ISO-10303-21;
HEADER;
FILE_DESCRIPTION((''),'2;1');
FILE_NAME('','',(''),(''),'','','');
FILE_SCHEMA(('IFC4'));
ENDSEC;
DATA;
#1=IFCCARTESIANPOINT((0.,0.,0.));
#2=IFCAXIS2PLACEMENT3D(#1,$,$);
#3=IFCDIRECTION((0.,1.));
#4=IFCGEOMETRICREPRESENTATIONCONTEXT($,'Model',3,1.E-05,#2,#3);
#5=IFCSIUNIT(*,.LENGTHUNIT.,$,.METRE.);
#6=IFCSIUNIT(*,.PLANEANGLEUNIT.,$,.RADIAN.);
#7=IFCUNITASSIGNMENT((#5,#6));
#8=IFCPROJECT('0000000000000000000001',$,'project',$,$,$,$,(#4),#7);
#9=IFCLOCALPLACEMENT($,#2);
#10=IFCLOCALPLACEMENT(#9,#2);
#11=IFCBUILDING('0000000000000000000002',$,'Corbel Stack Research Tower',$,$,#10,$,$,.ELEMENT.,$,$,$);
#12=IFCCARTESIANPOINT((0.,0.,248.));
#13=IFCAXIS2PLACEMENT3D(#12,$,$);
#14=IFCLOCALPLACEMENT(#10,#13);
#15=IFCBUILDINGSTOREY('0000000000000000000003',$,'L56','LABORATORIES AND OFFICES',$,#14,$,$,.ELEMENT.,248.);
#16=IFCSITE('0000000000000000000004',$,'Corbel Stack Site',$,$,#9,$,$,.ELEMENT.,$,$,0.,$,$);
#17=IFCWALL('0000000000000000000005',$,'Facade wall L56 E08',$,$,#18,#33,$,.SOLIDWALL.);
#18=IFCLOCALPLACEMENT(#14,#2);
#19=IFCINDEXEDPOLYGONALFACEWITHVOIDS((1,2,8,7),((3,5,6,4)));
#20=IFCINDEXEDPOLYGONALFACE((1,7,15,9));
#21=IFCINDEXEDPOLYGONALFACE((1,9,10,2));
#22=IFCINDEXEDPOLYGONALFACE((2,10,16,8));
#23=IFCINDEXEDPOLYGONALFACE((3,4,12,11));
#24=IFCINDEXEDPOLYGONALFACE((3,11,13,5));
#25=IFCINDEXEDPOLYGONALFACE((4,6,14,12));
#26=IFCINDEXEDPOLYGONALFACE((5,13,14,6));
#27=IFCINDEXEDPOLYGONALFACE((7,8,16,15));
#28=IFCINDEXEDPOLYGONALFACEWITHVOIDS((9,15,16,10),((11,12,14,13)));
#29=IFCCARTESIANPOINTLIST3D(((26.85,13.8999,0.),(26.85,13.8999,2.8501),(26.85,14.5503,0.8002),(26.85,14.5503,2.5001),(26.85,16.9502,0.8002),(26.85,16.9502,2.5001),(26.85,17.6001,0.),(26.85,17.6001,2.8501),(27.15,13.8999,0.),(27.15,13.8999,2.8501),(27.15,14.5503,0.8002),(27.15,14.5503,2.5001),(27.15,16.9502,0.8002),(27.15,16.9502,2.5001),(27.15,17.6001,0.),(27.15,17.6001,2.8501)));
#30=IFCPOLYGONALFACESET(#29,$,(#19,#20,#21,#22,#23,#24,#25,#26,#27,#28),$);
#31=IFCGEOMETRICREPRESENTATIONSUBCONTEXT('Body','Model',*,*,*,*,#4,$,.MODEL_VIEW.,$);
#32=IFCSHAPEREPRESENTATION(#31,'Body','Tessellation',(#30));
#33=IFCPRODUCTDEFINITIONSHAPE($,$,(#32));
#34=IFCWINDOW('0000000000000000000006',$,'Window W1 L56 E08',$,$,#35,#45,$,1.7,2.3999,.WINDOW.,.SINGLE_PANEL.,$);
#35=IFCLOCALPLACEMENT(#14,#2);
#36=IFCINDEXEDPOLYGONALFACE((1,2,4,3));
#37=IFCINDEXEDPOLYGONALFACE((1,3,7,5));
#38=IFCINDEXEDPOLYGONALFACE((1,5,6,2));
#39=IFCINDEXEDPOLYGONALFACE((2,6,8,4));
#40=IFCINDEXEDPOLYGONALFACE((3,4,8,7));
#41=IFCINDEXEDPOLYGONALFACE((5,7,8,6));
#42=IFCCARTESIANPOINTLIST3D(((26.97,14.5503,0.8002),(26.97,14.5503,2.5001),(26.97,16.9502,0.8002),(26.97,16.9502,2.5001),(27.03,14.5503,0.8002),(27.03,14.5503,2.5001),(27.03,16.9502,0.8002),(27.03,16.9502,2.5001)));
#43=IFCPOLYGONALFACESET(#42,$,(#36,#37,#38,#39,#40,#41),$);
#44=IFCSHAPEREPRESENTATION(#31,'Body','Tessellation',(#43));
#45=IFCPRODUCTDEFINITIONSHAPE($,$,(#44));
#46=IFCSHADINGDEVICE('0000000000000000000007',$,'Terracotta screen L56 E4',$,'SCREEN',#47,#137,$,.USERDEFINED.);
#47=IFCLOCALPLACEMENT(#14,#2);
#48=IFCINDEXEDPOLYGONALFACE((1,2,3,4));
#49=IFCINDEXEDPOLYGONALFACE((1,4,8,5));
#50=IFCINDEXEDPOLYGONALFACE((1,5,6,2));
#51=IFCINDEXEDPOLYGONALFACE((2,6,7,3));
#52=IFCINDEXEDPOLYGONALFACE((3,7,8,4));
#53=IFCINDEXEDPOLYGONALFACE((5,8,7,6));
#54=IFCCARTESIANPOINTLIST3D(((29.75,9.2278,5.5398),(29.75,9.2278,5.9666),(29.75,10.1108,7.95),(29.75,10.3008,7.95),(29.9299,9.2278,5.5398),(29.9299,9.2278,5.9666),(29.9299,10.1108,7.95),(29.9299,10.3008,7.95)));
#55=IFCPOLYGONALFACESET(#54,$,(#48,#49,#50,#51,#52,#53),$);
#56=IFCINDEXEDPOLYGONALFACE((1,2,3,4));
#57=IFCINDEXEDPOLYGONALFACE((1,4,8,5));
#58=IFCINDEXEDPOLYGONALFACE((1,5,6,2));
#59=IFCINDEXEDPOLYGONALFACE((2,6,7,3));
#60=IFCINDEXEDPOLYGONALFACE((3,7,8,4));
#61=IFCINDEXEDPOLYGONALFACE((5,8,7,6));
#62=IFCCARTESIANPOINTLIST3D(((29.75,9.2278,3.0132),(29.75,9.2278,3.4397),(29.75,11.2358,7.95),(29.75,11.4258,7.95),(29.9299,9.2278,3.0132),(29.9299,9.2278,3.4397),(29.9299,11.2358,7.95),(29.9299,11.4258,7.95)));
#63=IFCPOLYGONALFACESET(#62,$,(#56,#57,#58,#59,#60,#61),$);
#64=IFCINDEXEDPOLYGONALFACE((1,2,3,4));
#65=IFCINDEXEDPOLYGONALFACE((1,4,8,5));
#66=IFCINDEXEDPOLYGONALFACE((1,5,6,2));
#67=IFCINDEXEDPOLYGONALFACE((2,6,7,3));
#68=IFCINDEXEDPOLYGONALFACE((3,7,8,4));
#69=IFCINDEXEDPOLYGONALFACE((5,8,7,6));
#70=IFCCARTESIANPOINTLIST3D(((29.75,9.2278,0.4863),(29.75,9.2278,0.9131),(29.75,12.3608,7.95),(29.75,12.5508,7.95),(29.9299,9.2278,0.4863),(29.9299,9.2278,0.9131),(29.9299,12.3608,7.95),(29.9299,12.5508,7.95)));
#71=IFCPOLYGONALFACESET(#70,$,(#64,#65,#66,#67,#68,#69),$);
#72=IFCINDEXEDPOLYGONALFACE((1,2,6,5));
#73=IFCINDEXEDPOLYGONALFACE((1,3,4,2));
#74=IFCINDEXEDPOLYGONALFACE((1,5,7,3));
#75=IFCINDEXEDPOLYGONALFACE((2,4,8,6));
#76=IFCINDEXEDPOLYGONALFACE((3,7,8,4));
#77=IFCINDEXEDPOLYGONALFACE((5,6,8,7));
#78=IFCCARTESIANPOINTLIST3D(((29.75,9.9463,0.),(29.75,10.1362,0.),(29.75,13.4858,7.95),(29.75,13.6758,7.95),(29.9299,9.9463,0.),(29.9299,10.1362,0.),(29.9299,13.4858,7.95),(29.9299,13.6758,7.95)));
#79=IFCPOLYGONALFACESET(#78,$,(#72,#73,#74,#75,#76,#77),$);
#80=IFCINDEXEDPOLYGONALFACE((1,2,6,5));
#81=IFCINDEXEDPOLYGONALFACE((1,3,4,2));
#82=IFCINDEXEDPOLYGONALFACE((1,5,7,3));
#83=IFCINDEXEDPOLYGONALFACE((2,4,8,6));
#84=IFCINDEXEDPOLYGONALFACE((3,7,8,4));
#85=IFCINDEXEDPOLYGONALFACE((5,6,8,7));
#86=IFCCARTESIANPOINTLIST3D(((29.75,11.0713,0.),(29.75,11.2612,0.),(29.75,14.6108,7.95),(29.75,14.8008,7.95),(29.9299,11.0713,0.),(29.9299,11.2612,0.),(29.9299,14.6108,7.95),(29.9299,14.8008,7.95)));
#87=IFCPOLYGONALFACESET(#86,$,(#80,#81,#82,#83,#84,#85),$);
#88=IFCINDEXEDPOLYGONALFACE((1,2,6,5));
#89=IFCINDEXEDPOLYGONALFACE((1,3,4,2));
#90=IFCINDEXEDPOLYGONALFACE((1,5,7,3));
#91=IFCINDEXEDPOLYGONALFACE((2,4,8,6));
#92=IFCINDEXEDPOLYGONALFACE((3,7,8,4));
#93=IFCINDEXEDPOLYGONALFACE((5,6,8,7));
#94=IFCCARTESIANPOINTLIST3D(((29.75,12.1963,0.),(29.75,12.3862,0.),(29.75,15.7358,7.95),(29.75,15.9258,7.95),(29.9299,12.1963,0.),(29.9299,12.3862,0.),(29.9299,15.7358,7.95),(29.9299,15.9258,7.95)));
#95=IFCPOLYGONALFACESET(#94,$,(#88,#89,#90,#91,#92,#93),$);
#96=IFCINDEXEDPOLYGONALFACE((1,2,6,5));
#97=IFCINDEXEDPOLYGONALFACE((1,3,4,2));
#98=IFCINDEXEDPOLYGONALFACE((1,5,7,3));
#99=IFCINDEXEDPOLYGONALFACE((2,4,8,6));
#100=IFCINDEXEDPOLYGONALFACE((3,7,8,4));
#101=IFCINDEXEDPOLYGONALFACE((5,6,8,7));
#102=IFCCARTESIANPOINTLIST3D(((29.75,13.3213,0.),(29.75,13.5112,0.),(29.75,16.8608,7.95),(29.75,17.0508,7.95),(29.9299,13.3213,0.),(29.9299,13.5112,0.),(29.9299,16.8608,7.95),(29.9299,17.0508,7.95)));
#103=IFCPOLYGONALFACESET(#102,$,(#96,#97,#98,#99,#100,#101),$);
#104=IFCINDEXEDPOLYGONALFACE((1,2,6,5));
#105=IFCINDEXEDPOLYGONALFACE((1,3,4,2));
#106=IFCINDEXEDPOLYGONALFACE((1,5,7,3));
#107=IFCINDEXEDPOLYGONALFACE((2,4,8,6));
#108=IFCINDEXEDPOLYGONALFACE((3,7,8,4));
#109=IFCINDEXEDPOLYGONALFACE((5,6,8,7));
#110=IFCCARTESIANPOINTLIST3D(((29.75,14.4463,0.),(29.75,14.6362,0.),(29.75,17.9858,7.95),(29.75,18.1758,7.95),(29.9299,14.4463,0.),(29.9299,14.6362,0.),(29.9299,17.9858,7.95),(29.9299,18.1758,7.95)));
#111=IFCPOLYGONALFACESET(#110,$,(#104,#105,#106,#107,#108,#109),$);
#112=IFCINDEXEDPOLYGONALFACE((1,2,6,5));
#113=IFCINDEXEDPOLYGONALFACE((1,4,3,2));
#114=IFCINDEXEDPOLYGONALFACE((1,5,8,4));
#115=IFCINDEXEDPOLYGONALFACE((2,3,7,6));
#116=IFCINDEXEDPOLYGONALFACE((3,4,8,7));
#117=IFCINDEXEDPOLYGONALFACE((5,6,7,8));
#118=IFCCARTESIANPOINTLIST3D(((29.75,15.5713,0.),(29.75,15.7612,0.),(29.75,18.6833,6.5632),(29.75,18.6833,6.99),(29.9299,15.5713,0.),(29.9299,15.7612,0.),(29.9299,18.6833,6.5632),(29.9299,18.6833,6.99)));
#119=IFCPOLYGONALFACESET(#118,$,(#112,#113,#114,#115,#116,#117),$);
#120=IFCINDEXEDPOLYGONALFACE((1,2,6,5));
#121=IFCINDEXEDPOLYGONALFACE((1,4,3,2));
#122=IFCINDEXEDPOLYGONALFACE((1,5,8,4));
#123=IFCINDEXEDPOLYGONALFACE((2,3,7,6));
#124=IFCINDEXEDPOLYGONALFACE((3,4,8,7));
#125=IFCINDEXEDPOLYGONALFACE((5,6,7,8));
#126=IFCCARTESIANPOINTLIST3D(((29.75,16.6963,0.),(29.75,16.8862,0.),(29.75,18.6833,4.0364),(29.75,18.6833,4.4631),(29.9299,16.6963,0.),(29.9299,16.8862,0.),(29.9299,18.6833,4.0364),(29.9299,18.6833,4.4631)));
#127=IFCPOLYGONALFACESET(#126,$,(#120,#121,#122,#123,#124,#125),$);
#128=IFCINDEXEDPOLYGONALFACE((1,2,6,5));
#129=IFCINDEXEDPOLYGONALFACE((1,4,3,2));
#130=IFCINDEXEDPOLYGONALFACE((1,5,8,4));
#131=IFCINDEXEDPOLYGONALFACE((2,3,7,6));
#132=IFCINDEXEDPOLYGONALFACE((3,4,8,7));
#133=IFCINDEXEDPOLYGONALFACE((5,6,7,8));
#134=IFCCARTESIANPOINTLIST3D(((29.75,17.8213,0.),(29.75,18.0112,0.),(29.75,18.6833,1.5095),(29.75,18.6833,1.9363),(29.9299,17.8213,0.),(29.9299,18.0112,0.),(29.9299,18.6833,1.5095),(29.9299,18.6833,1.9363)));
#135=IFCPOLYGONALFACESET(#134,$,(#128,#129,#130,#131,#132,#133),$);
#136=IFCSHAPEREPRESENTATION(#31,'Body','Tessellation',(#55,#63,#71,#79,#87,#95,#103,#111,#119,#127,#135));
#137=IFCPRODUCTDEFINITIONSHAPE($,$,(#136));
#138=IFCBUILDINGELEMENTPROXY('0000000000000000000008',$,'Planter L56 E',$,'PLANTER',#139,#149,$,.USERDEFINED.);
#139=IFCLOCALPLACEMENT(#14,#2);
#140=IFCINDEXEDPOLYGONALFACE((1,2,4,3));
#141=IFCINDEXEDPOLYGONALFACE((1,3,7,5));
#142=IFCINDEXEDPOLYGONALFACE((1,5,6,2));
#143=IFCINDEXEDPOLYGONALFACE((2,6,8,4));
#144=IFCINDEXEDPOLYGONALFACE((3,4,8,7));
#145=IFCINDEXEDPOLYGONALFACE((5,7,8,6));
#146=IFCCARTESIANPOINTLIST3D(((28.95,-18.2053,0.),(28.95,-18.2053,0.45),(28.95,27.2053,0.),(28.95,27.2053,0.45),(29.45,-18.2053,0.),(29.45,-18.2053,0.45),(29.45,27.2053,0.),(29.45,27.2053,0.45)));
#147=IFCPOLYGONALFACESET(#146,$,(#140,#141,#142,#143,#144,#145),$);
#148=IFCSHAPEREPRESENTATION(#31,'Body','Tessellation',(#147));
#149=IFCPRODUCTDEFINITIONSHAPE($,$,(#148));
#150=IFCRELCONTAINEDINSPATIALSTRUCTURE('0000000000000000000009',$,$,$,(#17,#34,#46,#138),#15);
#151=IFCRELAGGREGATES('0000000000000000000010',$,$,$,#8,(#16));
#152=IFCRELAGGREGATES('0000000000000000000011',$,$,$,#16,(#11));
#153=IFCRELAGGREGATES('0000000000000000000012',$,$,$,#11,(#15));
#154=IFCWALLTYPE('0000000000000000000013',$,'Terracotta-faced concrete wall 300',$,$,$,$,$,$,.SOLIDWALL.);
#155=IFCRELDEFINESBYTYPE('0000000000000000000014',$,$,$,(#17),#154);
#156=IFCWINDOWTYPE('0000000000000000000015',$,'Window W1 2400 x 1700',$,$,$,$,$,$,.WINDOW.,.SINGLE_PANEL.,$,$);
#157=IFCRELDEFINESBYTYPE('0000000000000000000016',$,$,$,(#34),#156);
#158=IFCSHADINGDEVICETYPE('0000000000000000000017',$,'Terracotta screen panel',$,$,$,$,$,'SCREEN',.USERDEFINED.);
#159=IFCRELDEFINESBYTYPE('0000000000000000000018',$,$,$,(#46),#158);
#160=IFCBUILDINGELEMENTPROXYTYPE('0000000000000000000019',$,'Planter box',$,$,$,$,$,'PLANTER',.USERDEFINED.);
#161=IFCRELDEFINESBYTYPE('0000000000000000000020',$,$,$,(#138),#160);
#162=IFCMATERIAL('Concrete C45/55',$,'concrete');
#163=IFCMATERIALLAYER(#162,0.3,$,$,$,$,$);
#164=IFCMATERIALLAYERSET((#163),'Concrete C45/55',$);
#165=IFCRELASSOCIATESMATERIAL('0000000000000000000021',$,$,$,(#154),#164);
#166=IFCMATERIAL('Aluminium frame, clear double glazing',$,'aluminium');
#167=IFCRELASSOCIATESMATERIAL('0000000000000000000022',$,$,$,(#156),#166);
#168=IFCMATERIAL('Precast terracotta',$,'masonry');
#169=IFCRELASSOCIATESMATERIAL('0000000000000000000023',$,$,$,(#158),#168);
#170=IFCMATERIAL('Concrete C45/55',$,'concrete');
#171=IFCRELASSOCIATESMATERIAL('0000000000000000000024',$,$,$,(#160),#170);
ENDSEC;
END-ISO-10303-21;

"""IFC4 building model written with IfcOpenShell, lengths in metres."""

from ifc_helpers import new_model, si_unit, direction, frame, frame_2d, origin, origin_2d, place, context, subcontext, project, spatial, polyline, rectangle, outline, extrude, source, transform, mapped, material, layer, layer_set, type_object, element, fill, save


model = new_model("IFC4")

# Units and contexts
model_context = context("Model", 3, precision=1e-05, world=origin(), true_north=direction((0.0, 1.0)))
body_context = subcontext(model_context, "Body", "Model", "MODEL_VIEW")
ifc_project = project(units=[si_unit("LENGTHUNIT", "METRE"), si_unit("PLANEANGLEUNIT", "RADIAN")], contexts=[model_context])

# Site, building, storey
site_placement = place(None, origin())
site = spatial("IfcSite", under=ifc_project, at=site_placement, Name="Corbel Stack Site", CompositionType="ELEMENT", RefElevation=0.0)
building_placement = place(site_placement, origin())
building = spatial("IfcBuilding", under=site, at=building_placement, Name="Corbel Stack Research Tower", CompositionType="ELEMENT")
storey_placement = place(building_placement, frame((0.0, 0.0, 248.0)))
storey = spatial("IfcBuildingStorey", under=building, at=storey_placement, Name="L56", Description="LABORATORIES AND OFFICES", CompositionType="ELEMENT", Elevation=248.0)

# Wall, opening, window
ifc_material_1 = material(Name="Concrete C45/55", Category="concrete")
ifc_layer_1 = layer(ifc_material_1, 0.3)
ifc_layer_set_1 = layer_set([ifc_layer_1], Name="Concrete C45/55")
wall_type_1 = type_object("IfcWallType", Name="Terracotta-faced concrete wall 300", PredefinedType="SOLIDWALL", material=ifc_layer_set_1)
ifc_material_2 = material(Name="Aluminium frame, clear double glazing", Category="aluminium")
window_type_1 = type_object("IfcWindowType", Name="Window W1 2400 x 1700", PartitioningType="SINGLE_PANEL", PredefinedType="WINDOW", material=ifc_material_2)
wall_1_placement = place(storey_placement, frame((27.0, 17.6001, 0.0), z_axis=(0.0, 0.0, 1.0), x_axis=(0.0, -1.0, 0.0)))
wall_1 = element("IfcWall", 1, at=wall_1_placement, inside=storey, type_object=wall_type_1, Name="Facade wall L56 E08", PredefinedType="SOLIDWALL", context=body_context, shape_type="SweptSolid", body=[
    extrude(rectangle(XDim=3.7002, YDim=0.3, at=frame_2d((1.8501, 0.0))), origin(), (0.0, 0.0, 1.0), 2.8501),
])
opening_1_placement = place(wall_1_placement, frame((0.6499, 0.0, 0.8)))
opening_1 = element("IfcOpeningElement", 2, at=opening_1_placement, cuts=wall_1, PredefinedType="OPENING", context=body_context, shape_type="SweptSolid", body=[
    extrude(rectangle(XDim=2.3999, YDim=1.7, at=frame_2d((1.2, 0.8501))), frame((0.0, 0.1599, 0.0), z_axis=(0.0, -1.0, 0.0), x_axis=(1.0, 0.0, 0.0)), (0.0, 0.0, 1.0), 0.3201),
])
window_1_placement = place(opening_1_placement, origin())
window_1 = element("IfcWindow", 3, at=window_1_placement, inside=storey, type_object=window_type_1, Name="Window W1 L56 E08", OverallHeight=1.7, OverallWidth=2.3999, PartitioningType="SINGLE_PANEL", PredefinedType="WINDOW", context=body_context, shape_type="SweptSolid", body=[
    extrude(rectangle(XDim=2.3999, YDim=1.7, at=frame_2d((1.2, 0.8501))), frame((0.0, 0.03, 0.0), z_axis=(0.0, -1.0, 0.0), x_axis=(1.0, 0.0, 0.0)), (0.0, 0.0, 1.0), 0.0601),
])
fill(opening_1, window_1)

# Shading device
ifc_material_3 = material(Name="Precast terracotta", Category="masonry")
shading_device_type = type_object("IfcShadingDeviceType", Name="Terracotta screen panel", ElementType="SCREEN", PredefinedType="USERDEFINED", material=ifc_material_3)
shared_shape = source(origin(), body_context, "Body", "SweptSolid", [
    extrude(outline(polyline([(1.073, 7.95), (0.8831, 7.95), (0.0, 5.9666), (0.0, 5.5398), (1.073, 7.95)])), frame((0.0, 0.0, 0.0), z_axis=(0.0, -1.0, 0.0), x_axis=(1.0, 0.0, 0.0)), (0.0, 0.0, 1.0), 0.1799),
    extrude(outline(polyline([(2.198, 7.95), (2.0081, 7.95), (0.0, 3.4397), (0.0, 3.0132), (2.198, 7.95)])), frame((0.0, 0.0, 0.0), z_axis=(0.0, -1.0, 0.0), x_axis=(1.0, 0.0, 0.0)), (0.0, 0.0, 1.0), 0.1799),
    extrude(outline(polyline([(3.323, 7.95), (3.1331, 7.95), (0.0, 0.9131), (0.0, 0.4863), (3.323, 7.95)])), frame((0.0, 0.0, 0.0), z_axis=(0.0, -1.0, 0.0), x_axis=(1.0, 0.0, 0.0)), (0.0, 0.0, 1.0), 0.1799),
    extrude(outline(polyline([(0.9084, 0.0), (4.448, 7.95), (4.2581, 7.95), (0.7185, 0.0), (0.9084, 0.0)])), frame((0.0, 0.0, 0.0), z_axis=(0.0, -1.0, 0.0), x_axis=(1.0, 0.0, 0.0)), (0.0, 0.0, 1.0), 0.1799),
    extrude(outline(polyline([(2.0334, 0.0), (5.573, 7.95), (5.3831, 7.95), (1.8435, 0.0), (2.0334, 0.0)])), frame((0.0, 0.0, 0.0), z_axis=(0.0, -1.0, 0.0), x_axis=(1.0, 0.0, 0.0)), (0.0, 0.0, 1.0), 0.1799),
    extrude(outline(polyline([(3.1584, 0.0), (6.698, 7.95), (6.5081, 7.95), (2.9685, 0.0), (3.1584, 0.0)])), frame((0.0, 0.0, 0.0), z_axis=(0.0, -1.0, 0.0), x_axis=(1.0, 0.0, 0.0)), (0.0, 0.0, 1.0), 0.1799),
    extrude(outline(polyline([(4.2834, 0.0), (7.823, 7.95), (7.6331, 7.95), (4.0935, 0.0), (4.2834, 0.0)])), frame((0.0, 0.0, 0.0), z_axis=(0.0, -1.0, 0.0), x_axis=(1.0, 0.0, 0.0)), (0.0, 0.0, 1.0), 0.1799),
    extrude(outline(polyline([(5.4084, 0.0), (8.948, 7.95), (8.7581, 7.95), (5.2185, 0.0), (5.4084, 0.0)])), frame((0.0, 0.0, 0.0), z_axis=(0.0, -1.0, 0.0), x_axis=(1.0, 0.0, 0.0)), (0.0, 0.0, 1.0), 0.1799),
    extrude(outline(polyline([(6.5334, 0.0), (9.4556, 6.5632), (9.4556, 6.99), (6.3435, 0.0), (6.5334, 0.0)])), frame((0.0, 0.0, 0.0), z_axis=(0.0, -1.0, 0.0), x_axis=(1.0, 0.0, 0.0)), (0.0, 0.0, 1.0), 0.1799),
    extrude(outline(polyline([(7.6584, 0.0), (9.4556, 4.0364), (9.4556, 4.4631), (7.4685, 0.0), (7.6584, 0.0)])), frame((0.0, 0.0, 0.0), z_axis=(0.0, -1.0, 0.0), x_axis=(1.0, 0.0, 0.0)), (0.0, 0.0, 1.0), 0.1799),
    extrude(outline(polyline([(8.7834, 0.0), (9.4556, 1.5095), (9.4556, 1.9363), (8.5935, 0.0), (8.7834, 0.0)])), frame((0.0, 0.0, 0.0), z_axis=(0.0, -1.0, 0.0), x_axis=(1.0, 0.0, 0.0)), (0.0, 0.0, 1.0), 0.1799),
])
shading_device_placement = place(storey_placement, frame((29.75, 9.2278, 0.0), z_axis=(0.0, 0.0, 1.0), x_axis=(0.0, 1.0, 0.0)))
element("IfcShadingDevice", 4, at=shading_device_placement, inside=storey, type_object=shading_device_type, Name="Terracotta screen L56 E4", ObjectType="SCREEN", PredefinedType="USERDEFINED", context=body_context, shape_type="MappedRepresentation", body=[
    mapped(shared_shape, transform((0.0, 0.0, 0.0))),
])

# Building element proxy
ifc_material_4 = material(Name="Concrete C45/55", Category="concrete")
building_element_proxy_type = type_object("IfcBuildingElementProxyType", Name="Planter box", ElementType="PLANTER", PredefinedType="USERDEFINED", material=ifc_material_4)
proxy_placement = place(storey_placement, frame((29.2, 4.5, 0.0), z_axis=(0.0, 0.0, 1.0), x_axis=(0.0, 1.0, 0.0)))
element("IfcBuildingElementProxy", 5, at=proxy_placement, inside=storey, type_object=building_element_proxy_type, Name="Planter L56 E", ObjectType="PLANTER", PredefinedType="USERDEFINED", context=body_context, shape_type="SweptSolid", body=[
    extrude(rectangle(XDim=45.4106, YDim=0.5, at=origin_2d()), origin(), (0.0, 0.0, 1.0), 0.45),
])

save(model, "model.ifc")
